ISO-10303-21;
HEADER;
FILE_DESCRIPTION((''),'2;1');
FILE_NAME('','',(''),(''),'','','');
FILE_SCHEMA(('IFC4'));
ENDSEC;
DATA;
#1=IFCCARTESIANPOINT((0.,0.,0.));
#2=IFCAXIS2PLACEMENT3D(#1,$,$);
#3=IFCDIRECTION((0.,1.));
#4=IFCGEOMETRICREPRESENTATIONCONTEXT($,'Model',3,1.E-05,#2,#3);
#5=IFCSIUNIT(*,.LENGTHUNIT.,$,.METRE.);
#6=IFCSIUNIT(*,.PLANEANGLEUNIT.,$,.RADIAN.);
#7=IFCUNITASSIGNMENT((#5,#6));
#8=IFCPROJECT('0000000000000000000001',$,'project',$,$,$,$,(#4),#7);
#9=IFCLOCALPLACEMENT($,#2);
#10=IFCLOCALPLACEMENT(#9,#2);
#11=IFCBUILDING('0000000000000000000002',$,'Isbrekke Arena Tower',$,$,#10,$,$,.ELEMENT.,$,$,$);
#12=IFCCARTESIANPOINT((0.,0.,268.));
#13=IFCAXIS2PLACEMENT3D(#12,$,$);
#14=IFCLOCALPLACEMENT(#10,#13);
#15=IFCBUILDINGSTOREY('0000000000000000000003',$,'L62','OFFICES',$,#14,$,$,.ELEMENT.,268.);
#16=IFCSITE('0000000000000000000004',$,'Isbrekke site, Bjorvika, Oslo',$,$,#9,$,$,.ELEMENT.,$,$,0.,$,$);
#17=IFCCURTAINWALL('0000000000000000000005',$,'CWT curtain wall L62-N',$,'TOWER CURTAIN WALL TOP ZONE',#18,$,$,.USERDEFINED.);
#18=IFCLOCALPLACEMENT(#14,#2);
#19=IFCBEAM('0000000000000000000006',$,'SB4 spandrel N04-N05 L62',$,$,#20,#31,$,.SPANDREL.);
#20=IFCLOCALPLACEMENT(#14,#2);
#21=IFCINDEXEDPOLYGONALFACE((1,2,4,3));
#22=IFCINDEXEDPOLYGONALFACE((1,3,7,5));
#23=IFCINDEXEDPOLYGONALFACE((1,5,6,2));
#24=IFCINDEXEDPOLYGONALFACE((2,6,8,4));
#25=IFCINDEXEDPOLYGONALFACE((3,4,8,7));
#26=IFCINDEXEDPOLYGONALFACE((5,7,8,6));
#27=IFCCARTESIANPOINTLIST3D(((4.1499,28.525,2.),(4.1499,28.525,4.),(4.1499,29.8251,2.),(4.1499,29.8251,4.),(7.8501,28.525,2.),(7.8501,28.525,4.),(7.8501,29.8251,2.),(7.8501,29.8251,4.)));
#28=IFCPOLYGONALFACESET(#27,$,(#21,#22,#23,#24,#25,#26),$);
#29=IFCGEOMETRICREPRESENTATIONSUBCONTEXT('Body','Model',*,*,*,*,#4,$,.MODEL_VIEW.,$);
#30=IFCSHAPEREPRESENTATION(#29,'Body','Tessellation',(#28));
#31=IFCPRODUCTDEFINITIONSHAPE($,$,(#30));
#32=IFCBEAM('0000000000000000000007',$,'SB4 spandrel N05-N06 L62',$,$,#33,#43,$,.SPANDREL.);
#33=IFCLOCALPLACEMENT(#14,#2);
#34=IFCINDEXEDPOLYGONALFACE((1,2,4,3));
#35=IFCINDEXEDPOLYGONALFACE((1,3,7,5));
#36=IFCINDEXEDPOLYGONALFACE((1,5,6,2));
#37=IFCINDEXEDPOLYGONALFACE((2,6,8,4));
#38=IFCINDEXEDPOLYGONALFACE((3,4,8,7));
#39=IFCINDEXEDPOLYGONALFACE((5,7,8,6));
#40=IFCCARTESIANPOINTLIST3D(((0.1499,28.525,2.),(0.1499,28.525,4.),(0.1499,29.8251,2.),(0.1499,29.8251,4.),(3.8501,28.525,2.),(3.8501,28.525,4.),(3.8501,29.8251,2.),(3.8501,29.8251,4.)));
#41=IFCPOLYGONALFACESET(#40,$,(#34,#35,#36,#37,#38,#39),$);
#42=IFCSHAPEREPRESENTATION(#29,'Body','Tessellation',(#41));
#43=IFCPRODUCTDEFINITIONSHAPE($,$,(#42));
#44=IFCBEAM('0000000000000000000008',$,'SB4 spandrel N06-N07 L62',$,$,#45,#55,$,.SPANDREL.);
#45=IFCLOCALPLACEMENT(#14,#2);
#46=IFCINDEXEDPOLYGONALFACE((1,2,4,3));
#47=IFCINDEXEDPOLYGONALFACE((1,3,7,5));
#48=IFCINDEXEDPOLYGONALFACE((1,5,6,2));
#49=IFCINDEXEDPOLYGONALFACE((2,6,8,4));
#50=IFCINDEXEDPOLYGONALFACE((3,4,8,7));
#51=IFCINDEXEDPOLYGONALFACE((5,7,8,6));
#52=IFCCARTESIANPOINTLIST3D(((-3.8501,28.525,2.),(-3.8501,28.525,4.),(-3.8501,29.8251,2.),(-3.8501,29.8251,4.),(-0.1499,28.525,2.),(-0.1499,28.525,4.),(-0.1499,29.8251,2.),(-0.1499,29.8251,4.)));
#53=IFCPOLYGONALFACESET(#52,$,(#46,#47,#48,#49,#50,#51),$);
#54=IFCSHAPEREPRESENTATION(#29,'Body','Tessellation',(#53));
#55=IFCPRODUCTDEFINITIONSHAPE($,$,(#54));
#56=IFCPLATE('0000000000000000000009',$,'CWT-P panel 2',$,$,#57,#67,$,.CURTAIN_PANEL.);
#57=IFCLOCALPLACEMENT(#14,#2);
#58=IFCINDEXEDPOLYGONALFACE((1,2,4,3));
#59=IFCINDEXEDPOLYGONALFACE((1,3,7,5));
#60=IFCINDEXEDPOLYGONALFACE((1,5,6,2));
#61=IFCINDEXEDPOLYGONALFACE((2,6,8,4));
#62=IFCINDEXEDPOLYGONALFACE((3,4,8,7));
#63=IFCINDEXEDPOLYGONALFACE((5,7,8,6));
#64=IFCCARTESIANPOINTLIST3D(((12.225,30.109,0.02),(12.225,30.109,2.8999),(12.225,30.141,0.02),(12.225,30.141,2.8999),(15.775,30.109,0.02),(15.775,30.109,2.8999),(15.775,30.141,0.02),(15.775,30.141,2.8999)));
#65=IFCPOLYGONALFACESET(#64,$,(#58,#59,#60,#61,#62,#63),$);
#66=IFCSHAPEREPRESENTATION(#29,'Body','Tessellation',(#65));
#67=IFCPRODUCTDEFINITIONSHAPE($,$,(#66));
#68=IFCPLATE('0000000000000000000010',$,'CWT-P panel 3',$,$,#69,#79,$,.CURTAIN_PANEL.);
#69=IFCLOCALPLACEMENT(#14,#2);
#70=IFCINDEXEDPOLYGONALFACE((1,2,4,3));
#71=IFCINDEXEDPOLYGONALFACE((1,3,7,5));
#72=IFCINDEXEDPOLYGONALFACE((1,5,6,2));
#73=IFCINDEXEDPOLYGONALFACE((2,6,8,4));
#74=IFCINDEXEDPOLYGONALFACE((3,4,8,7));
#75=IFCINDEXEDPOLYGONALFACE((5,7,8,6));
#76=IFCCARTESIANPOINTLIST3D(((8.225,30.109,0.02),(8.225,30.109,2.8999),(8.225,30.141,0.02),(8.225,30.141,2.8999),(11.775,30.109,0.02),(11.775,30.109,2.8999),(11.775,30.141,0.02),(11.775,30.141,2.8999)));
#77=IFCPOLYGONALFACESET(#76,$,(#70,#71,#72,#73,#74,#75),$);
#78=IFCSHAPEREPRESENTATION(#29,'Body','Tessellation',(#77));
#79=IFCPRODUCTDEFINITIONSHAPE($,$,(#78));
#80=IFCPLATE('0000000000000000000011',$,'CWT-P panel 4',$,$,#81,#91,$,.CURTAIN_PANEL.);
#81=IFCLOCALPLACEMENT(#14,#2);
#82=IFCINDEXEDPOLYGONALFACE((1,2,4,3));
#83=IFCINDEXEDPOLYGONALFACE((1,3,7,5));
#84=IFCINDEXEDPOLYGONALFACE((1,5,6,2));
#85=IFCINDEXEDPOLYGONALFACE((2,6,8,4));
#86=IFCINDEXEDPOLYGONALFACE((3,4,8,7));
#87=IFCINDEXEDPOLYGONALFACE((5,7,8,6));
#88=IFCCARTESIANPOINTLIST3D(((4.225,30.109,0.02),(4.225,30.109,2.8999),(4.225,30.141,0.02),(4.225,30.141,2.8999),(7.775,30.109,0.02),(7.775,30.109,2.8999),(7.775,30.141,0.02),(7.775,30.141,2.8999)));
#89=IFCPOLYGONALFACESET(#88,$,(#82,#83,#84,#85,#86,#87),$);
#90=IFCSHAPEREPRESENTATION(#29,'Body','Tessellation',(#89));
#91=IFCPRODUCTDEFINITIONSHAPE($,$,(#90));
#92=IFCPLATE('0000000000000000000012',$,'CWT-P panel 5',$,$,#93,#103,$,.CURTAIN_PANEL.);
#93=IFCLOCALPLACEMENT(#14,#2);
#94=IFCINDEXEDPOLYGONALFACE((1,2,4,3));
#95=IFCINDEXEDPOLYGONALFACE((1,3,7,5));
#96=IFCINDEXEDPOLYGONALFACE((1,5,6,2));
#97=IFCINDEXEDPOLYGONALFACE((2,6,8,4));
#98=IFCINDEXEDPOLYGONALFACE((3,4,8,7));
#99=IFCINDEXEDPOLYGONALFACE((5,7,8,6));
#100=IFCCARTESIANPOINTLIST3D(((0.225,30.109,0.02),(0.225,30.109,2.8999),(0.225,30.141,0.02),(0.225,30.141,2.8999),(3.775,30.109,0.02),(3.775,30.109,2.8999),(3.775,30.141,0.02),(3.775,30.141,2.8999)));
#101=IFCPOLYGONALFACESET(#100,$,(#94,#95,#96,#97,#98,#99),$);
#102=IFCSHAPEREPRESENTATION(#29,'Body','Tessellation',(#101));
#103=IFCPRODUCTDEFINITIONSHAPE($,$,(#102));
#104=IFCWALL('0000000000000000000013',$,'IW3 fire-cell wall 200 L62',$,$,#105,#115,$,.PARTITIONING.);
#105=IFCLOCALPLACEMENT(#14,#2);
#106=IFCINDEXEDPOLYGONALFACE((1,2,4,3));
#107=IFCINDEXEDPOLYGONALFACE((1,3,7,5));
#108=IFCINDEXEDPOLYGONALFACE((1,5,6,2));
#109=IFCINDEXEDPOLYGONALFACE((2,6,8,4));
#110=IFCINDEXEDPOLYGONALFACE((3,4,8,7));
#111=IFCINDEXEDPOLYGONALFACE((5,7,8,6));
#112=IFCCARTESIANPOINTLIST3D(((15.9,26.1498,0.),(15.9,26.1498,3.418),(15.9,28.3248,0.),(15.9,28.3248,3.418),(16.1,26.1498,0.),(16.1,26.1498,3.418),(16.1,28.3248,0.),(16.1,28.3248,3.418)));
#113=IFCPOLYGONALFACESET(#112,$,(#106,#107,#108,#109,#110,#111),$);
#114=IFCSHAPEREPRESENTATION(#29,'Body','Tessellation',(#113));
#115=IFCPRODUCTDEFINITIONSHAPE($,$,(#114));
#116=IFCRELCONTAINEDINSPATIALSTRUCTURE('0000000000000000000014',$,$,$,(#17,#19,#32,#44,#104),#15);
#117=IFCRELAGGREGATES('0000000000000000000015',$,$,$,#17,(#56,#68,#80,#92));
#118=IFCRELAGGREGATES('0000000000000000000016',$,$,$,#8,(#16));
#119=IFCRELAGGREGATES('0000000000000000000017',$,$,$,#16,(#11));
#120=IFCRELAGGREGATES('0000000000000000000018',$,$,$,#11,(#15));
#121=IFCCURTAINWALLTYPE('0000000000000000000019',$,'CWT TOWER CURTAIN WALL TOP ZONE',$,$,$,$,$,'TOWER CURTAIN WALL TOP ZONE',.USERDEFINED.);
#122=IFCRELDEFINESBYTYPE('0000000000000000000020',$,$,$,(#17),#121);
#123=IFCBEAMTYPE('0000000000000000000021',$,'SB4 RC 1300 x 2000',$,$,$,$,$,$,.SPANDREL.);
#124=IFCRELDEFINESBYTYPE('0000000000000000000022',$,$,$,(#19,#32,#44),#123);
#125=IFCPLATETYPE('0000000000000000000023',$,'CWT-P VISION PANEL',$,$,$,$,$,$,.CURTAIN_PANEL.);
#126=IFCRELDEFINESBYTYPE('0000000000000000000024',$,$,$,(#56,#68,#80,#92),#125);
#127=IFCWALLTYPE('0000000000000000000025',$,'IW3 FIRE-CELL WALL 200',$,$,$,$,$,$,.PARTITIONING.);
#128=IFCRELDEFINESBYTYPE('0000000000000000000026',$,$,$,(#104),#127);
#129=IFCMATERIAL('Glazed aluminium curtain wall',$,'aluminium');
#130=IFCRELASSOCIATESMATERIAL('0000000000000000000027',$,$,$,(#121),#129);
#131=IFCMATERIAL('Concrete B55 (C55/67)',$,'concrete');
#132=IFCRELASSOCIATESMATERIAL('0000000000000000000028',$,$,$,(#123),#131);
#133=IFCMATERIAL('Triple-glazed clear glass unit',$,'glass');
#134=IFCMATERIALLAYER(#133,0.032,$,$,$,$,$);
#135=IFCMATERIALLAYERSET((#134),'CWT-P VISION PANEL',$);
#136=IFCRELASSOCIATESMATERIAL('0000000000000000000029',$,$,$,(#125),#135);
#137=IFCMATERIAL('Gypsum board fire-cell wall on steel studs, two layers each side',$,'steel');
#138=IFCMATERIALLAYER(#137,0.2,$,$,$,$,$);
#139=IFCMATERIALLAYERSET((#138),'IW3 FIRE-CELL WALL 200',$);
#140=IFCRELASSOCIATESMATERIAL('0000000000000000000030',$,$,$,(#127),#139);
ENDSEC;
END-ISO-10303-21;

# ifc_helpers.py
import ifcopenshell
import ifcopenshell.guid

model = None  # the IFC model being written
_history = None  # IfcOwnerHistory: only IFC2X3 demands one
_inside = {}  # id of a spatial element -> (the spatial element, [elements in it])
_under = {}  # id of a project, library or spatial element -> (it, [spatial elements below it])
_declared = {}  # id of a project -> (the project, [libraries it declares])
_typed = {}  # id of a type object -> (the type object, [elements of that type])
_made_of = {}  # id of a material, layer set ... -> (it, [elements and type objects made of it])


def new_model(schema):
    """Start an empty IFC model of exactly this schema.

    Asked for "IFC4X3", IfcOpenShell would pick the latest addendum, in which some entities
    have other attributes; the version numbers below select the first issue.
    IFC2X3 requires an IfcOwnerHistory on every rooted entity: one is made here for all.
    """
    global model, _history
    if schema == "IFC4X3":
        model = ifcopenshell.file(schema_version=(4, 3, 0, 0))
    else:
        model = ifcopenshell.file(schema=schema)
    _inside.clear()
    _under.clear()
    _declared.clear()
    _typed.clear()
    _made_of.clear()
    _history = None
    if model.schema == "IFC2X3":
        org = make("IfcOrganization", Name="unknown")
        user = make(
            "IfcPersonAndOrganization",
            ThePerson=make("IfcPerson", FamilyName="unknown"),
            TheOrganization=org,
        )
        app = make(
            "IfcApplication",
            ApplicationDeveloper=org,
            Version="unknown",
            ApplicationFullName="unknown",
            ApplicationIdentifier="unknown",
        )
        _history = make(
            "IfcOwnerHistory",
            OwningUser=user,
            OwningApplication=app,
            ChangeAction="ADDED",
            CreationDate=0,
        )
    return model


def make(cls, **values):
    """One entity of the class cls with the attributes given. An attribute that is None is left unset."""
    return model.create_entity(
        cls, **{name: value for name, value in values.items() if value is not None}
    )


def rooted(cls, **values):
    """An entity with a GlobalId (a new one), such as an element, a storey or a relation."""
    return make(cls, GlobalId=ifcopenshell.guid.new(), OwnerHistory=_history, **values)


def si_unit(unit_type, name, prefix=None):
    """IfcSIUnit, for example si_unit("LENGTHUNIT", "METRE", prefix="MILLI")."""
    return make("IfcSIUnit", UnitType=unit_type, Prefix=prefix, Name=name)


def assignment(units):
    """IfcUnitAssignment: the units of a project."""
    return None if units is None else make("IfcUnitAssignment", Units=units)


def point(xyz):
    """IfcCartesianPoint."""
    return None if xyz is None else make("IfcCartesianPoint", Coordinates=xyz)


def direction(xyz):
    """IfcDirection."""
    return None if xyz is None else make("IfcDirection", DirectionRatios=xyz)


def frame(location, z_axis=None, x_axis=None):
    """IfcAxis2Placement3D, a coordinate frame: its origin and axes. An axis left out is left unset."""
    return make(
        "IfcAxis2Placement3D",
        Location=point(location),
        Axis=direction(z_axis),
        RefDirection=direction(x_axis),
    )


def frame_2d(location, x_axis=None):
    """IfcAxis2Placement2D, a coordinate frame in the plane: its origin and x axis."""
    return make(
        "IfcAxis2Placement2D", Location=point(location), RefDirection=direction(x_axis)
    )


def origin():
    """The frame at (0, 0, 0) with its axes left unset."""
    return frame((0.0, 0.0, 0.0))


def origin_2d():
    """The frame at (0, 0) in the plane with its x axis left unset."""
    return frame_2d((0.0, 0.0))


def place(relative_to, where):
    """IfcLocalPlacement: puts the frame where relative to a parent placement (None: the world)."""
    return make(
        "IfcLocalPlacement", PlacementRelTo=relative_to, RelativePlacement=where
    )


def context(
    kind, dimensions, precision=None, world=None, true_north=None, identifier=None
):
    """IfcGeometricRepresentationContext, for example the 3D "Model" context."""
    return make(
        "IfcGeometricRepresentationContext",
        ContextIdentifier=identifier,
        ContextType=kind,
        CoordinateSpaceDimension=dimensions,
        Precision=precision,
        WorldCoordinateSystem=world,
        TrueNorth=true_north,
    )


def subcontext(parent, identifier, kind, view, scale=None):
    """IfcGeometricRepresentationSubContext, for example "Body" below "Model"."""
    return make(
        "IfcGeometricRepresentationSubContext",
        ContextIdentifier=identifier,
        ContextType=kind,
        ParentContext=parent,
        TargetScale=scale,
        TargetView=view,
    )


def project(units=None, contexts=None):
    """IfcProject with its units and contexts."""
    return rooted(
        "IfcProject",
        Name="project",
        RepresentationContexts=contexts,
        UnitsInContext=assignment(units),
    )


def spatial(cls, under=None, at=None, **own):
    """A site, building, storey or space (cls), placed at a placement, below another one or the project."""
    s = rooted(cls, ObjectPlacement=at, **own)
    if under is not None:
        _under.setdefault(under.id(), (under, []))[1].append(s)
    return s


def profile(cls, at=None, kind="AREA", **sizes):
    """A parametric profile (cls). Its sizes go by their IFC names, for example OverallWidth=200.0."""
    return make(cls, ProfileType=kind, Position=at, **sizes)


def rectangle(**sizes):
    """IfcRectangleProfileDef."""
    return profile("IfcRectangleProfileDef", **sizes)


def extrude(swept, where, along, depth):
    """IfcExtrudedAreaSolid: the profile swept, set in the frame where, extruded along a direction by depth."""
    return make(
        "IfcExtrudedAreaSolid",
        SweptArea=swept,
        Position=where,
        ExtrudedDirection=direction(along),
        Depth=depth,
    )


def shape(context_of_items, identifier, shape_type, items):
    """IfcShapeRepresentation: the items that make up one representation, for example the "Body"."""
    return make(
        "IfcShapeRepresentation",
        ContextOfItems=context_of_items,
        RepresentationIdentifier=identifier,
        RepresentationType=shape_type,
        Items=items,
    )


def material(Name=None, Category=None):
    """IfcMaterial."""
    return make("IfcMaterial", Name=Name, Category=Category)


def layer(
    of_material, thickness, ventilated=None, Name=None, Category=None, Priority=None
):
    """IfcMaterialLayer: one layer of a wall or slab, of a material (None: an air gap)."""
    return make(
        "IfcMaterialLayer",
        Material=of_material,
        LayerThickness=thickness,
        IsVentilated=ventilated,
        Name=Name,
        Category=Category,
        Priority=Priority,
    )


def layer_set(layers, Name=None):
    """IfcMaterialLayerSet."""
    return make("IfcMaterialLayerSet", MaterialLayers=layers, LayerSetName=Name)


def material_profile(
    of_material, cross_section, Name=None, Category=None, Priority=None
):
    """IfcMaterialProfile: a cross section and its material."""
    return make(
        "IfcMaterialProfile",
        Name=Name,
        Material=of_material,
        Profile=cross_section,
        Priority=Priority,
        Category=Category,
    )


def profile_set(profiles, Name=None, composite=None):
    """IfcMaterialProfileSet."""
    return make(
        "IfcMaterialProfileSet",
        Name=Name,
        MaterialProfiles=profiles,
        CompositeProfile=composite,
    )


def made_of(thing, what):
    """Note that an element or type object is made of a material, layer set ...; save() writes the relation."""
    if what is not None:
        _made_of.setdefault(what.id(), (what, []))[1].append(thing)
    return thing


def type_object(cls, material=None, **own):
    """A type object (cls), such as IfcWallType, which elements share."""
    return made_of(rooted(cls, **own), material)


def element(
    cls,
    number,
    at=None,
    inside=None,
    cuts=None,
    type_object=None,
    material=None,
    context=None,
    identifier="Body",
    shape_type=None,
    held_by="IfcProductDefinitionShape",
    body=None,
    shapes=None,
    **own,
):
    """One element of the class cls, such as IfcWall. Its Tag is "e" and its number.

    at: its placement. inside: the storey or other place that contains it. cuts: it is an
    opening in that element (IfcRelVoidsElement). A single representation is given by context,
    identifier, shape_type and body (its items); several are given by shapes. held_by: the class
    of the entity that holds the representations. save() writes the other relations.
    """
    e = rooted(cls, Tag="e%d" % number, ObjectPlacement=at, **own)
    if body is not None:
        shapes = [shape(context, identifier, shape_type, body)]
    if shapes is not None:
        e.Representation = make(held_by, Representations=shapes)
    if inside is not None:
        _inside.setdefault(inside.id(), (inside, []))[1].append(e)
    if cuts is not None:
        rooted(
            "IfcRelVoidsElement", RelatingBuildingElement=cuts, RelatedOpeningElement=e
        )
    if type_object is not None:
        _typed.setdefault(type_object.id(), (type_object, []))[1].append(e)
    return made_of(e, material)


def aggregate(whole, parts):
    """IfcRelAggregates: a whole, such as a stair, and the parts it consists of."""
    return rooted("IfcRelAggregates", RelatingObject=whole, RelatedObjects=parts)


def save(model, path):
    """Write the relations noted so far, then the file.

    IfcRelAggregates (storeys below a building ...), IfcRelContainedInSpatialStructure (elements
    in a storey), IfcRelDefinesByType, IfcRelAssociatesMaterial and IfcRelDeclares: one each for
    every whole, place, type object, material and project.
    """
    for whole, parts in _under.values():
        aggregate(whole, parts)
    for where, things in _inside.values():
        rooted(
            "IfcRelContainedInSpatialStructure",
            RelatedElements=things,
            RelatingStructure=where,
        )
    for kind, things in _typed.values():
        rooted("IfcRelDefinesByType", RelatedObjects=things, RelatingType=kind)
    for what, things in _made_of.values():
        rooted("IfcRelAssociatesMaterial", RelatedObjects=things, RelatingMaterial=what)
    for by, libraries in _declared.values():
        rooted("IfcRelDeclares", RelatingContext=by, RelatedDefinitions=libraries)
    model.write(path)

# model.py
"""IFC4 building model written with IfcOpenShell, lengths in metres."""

from ifc_helpers import new_model, si_unit, direction, frame, frame_2d, origin, origin_2d, place, context, subcontext, project, spatial, rectangle, extrude, material, layer, layer_set, material_profile, profile_set, type_object, element, aggregate, save


model = new_model("IFC4")

# Units and contexts
model_context = context("Model", 3, precision=1e-05, world=origin(), true_north=direction((0.0, 1.0)))
body_context = subcontext(model_context, "Body", "Model", "MODEL_VIEW")
ifc_project = project(units=[si_unit("LENGTHUNIT", "METRE"), si_unit("PLANEANGLEUNIT", "RADIAN")], contexts=[model_context])

# Site, building, storey
site_placement = place(None, origin())
site = spatial("IfcSite", under=ifc_project, at=site_placement, Name="Isbrekke site, Bjorvika, Oslo", CompositionType="ELEMENT", RefElevation=0.0)
building_placement = place(site_placement, origin())
building = spatial("IfcBuilding", under=site, at=building_placement, Name="Isbrekke Arena Tower", CompositionType="ELEMENT")
storey_placement = place(building_placement, frame((0.0, 0.0, 268.0)))
storey = spatial("IfcBuildingStorey", under=building, at=storey_placement, Name="L62", Description="OFFICES", CompositionType="ELEMENT", Elevation=268.0)

# Curtain wall
ifc_material_1 = material(Name="Glazed aluminium curtain wall", Category="aluminium")
curtain_wall_type = type_object("IfcCurtainWallType", Name="CWT TOWER CURTAIN WALL TOP ZONE", ElementType="TOWER CURTAIN WALL TOP ZONE", PredefinedType="USERDEFINED", material=ifc_material_1)
curtain_wall_placement = place(storey_placement, origin())
curtain_wall = element("IfcCurtainWall", 1, at=curtain_wall_placement, inside=storey, type_object=curtain_wall_type, Name="CWT curtain wall L62-N", ObjectType="TOWER CURTAIN WALL TOP ZONE", PredefinedType="USERDEFINED")

# Beams
ifc_material_2 = material(Name="Concrete B55 (C55/67)", Category="concrete")
ifc_material_profile_1 = material_profile(ifc_material_2, rectangle(XDim=1.3, YDim=2.0, at=origin_2d()), Name="RC 1300x2000")
ifc_profile_set_1 = profile_set([ifc_material_profile_1], Name="Concrete B55 (C55/67)")
beam_type_1 = type_object("IfcBeamType", Name="SB4 RC 1300 x 2000", PredefinedType="SPANDREL", material=ifc_profile_set_1)
for number, where, z_axis, x_axis, name in (
    (2, (7.8501, 29.175, 3.0), (-1.0, 0.0, 0.0), (0.0, -1.0, 0.0), "SB4 spandrel N04-N05 L62"),
    (3, (3.8501, 29.175, 3.0), (-1.0, 0.0, 0.0), (0.0, -1.0, 0.0), "SB4 spandrel N05-N06 L62"),
    (4, (-0.1499, 29.175, 3.0), (-1.0, 0.0, 0.0), (0.0, -1.0, 0.0), "SB4 spandrel N06-N07 L62"),
):
    element("IfcBeam", number, at=place(storey_placement, frame(where, z_axis=z_axis, x_axis=x_axis)), inside=storey, type_object=beam_type_1, Name=name, PredefinedType="SPANDREL", context=body_context, shape_type="SweptSolid", body=[
        extrude(rectangle(XDim=1.3, YDim=2.0, at=origin_2d()), origin(), (0.0, 0.0, 1.0), 3.7002),
    ])

# Plates
ifc_material_3 = material(Name="Triple-glazed clear glass unit", Category="glass")
ifc_layer_1 = layer(ifc_material_3, 0.032)
ifc_layer_set_1 = layer_set([ifc_layer_1], Name="CWT-P VISION PANEL")
plate_type = type_object("IfcPlateType", Name="CWT-P VISION PANEL", PredefinedType="CURTAIN_PANEL", material=ifc_layer_set_1)
plate_1_placement = place(storey_placement, frame((14.0, 30.125, 0.02), z_axis=(0.0, 0.0, 1.0), x_axis=(-1.0, 0.0, 0.0)))
plate_1 = element("IfcPlate", 5, at=plate_1_placement, type_object=plate_type, Name="CWT-P panel 2", PredefinedType="CURTAIN_PANEL", context=body_context, shape_type="SweptSolid", body=[
    extrude(rectangle(XDim=3.55, YDim=0.032, at=origin_2d()), origin(), (0.0, 0.0, 1.0), 2.8799),
])
plate_2_placement = place(storey_placement, frame((10.0, 30.125, 0.02), z_axis=(0.0, 0.0, 1.0), x_axis=(-1.0, 0.0, 0.0)))
plate_2 = element("IfcPlate", 6, at=plate_2_placement, type_object=plate_type, Name="CWT-P panel 3", PredefinedType="CURTAIN_PANEL", context=body_context, shape_type="SweptSolid", body=[
    extrude(rectangle(XDim=3.55, YDim=0.032, at=origin_2d()), origin(), (0.0, 0.0, 1.0), 2.8799),
])
plate_3_placement = place(storey_placement, frame((6.0, 30.125, 0.02), z_axis=(0.0, 0.0, 1.0), x_axis=(-1.0, 0.0, 0.0)))
plate_3 = element("IfcPlate", 7, at=plate_3_placement, type_object=plate_type, Name="CWT-P panel 4", PredefinedType="CURTAIN_PANEL", context=body_context, shape_type="SweptSolid", body=[
    extrude(rectangle(XDim=3.55, YDim=0.032, at=origin_2d()), origin(), (0.0, 0.0, 1.0), 2.8799),
])
plate_4_placement = place(storey_placement, frame((2.0, 30.125, 0.02), z_axis=(0.0, 0.0, 1.0), x_axis=(-1.0, 0.0, 0.0)))
plate_4 = element("IfcPlate", 8, at=plate_4_placement, type_object=plate_type, Name="CWT-P panel 5", PredefinedType="CURTAIN_PANEL", context=body_context, shape_type="SweptSolid", body=[
    extrude(rectangle(XDim=3.55, YDim=0.032, at=origin_2d()), origin(), (0.0, 0.0, 1.0), 2.8799),
])
aggregate(curtain_wall, [plate_1, plate_2, plate_3, plate_4])

# Wall
ifc_material_4 = material(Name="Gypsum board fire-cell wall on steel studs, two layers each side", Category="steel")
ifc_layer_2 = layer(ifc_material_4, 0.2)
ifc_layer_set_2 = layer_set([ifc_layer_2], Name="IW3 FIRE-CELL WALL 200")
wall_type = type_object("IfcWallType", Name="IW3 FIRE-CELL WALL 200", PredefinedType="PARTITIONING", material=ifc_layer_set_2)
wall_placement = place(storey_placement, frame((16.0, 26.1499, 0.0), z_axis=(0.0, 0.0, 1.0), x_axis=(0.0, 1.0, 0.0)))
element("IfcWall", 9, at=wall_placement, inside=storey, type_object=wall_type, Name="IW3 fire-cell wall 200 L62", PredefinedType="PARTITIONING", context=body_context, shape_type="SweptSolid", body=[
    extrude(rectangle(XDim=2.175, YDim=0.2, at=frame_2d((1.0874, 0.0))), origin(), (0.0, 0.0, 1.0), 3.418),
])

save(model, "model.ifc")
